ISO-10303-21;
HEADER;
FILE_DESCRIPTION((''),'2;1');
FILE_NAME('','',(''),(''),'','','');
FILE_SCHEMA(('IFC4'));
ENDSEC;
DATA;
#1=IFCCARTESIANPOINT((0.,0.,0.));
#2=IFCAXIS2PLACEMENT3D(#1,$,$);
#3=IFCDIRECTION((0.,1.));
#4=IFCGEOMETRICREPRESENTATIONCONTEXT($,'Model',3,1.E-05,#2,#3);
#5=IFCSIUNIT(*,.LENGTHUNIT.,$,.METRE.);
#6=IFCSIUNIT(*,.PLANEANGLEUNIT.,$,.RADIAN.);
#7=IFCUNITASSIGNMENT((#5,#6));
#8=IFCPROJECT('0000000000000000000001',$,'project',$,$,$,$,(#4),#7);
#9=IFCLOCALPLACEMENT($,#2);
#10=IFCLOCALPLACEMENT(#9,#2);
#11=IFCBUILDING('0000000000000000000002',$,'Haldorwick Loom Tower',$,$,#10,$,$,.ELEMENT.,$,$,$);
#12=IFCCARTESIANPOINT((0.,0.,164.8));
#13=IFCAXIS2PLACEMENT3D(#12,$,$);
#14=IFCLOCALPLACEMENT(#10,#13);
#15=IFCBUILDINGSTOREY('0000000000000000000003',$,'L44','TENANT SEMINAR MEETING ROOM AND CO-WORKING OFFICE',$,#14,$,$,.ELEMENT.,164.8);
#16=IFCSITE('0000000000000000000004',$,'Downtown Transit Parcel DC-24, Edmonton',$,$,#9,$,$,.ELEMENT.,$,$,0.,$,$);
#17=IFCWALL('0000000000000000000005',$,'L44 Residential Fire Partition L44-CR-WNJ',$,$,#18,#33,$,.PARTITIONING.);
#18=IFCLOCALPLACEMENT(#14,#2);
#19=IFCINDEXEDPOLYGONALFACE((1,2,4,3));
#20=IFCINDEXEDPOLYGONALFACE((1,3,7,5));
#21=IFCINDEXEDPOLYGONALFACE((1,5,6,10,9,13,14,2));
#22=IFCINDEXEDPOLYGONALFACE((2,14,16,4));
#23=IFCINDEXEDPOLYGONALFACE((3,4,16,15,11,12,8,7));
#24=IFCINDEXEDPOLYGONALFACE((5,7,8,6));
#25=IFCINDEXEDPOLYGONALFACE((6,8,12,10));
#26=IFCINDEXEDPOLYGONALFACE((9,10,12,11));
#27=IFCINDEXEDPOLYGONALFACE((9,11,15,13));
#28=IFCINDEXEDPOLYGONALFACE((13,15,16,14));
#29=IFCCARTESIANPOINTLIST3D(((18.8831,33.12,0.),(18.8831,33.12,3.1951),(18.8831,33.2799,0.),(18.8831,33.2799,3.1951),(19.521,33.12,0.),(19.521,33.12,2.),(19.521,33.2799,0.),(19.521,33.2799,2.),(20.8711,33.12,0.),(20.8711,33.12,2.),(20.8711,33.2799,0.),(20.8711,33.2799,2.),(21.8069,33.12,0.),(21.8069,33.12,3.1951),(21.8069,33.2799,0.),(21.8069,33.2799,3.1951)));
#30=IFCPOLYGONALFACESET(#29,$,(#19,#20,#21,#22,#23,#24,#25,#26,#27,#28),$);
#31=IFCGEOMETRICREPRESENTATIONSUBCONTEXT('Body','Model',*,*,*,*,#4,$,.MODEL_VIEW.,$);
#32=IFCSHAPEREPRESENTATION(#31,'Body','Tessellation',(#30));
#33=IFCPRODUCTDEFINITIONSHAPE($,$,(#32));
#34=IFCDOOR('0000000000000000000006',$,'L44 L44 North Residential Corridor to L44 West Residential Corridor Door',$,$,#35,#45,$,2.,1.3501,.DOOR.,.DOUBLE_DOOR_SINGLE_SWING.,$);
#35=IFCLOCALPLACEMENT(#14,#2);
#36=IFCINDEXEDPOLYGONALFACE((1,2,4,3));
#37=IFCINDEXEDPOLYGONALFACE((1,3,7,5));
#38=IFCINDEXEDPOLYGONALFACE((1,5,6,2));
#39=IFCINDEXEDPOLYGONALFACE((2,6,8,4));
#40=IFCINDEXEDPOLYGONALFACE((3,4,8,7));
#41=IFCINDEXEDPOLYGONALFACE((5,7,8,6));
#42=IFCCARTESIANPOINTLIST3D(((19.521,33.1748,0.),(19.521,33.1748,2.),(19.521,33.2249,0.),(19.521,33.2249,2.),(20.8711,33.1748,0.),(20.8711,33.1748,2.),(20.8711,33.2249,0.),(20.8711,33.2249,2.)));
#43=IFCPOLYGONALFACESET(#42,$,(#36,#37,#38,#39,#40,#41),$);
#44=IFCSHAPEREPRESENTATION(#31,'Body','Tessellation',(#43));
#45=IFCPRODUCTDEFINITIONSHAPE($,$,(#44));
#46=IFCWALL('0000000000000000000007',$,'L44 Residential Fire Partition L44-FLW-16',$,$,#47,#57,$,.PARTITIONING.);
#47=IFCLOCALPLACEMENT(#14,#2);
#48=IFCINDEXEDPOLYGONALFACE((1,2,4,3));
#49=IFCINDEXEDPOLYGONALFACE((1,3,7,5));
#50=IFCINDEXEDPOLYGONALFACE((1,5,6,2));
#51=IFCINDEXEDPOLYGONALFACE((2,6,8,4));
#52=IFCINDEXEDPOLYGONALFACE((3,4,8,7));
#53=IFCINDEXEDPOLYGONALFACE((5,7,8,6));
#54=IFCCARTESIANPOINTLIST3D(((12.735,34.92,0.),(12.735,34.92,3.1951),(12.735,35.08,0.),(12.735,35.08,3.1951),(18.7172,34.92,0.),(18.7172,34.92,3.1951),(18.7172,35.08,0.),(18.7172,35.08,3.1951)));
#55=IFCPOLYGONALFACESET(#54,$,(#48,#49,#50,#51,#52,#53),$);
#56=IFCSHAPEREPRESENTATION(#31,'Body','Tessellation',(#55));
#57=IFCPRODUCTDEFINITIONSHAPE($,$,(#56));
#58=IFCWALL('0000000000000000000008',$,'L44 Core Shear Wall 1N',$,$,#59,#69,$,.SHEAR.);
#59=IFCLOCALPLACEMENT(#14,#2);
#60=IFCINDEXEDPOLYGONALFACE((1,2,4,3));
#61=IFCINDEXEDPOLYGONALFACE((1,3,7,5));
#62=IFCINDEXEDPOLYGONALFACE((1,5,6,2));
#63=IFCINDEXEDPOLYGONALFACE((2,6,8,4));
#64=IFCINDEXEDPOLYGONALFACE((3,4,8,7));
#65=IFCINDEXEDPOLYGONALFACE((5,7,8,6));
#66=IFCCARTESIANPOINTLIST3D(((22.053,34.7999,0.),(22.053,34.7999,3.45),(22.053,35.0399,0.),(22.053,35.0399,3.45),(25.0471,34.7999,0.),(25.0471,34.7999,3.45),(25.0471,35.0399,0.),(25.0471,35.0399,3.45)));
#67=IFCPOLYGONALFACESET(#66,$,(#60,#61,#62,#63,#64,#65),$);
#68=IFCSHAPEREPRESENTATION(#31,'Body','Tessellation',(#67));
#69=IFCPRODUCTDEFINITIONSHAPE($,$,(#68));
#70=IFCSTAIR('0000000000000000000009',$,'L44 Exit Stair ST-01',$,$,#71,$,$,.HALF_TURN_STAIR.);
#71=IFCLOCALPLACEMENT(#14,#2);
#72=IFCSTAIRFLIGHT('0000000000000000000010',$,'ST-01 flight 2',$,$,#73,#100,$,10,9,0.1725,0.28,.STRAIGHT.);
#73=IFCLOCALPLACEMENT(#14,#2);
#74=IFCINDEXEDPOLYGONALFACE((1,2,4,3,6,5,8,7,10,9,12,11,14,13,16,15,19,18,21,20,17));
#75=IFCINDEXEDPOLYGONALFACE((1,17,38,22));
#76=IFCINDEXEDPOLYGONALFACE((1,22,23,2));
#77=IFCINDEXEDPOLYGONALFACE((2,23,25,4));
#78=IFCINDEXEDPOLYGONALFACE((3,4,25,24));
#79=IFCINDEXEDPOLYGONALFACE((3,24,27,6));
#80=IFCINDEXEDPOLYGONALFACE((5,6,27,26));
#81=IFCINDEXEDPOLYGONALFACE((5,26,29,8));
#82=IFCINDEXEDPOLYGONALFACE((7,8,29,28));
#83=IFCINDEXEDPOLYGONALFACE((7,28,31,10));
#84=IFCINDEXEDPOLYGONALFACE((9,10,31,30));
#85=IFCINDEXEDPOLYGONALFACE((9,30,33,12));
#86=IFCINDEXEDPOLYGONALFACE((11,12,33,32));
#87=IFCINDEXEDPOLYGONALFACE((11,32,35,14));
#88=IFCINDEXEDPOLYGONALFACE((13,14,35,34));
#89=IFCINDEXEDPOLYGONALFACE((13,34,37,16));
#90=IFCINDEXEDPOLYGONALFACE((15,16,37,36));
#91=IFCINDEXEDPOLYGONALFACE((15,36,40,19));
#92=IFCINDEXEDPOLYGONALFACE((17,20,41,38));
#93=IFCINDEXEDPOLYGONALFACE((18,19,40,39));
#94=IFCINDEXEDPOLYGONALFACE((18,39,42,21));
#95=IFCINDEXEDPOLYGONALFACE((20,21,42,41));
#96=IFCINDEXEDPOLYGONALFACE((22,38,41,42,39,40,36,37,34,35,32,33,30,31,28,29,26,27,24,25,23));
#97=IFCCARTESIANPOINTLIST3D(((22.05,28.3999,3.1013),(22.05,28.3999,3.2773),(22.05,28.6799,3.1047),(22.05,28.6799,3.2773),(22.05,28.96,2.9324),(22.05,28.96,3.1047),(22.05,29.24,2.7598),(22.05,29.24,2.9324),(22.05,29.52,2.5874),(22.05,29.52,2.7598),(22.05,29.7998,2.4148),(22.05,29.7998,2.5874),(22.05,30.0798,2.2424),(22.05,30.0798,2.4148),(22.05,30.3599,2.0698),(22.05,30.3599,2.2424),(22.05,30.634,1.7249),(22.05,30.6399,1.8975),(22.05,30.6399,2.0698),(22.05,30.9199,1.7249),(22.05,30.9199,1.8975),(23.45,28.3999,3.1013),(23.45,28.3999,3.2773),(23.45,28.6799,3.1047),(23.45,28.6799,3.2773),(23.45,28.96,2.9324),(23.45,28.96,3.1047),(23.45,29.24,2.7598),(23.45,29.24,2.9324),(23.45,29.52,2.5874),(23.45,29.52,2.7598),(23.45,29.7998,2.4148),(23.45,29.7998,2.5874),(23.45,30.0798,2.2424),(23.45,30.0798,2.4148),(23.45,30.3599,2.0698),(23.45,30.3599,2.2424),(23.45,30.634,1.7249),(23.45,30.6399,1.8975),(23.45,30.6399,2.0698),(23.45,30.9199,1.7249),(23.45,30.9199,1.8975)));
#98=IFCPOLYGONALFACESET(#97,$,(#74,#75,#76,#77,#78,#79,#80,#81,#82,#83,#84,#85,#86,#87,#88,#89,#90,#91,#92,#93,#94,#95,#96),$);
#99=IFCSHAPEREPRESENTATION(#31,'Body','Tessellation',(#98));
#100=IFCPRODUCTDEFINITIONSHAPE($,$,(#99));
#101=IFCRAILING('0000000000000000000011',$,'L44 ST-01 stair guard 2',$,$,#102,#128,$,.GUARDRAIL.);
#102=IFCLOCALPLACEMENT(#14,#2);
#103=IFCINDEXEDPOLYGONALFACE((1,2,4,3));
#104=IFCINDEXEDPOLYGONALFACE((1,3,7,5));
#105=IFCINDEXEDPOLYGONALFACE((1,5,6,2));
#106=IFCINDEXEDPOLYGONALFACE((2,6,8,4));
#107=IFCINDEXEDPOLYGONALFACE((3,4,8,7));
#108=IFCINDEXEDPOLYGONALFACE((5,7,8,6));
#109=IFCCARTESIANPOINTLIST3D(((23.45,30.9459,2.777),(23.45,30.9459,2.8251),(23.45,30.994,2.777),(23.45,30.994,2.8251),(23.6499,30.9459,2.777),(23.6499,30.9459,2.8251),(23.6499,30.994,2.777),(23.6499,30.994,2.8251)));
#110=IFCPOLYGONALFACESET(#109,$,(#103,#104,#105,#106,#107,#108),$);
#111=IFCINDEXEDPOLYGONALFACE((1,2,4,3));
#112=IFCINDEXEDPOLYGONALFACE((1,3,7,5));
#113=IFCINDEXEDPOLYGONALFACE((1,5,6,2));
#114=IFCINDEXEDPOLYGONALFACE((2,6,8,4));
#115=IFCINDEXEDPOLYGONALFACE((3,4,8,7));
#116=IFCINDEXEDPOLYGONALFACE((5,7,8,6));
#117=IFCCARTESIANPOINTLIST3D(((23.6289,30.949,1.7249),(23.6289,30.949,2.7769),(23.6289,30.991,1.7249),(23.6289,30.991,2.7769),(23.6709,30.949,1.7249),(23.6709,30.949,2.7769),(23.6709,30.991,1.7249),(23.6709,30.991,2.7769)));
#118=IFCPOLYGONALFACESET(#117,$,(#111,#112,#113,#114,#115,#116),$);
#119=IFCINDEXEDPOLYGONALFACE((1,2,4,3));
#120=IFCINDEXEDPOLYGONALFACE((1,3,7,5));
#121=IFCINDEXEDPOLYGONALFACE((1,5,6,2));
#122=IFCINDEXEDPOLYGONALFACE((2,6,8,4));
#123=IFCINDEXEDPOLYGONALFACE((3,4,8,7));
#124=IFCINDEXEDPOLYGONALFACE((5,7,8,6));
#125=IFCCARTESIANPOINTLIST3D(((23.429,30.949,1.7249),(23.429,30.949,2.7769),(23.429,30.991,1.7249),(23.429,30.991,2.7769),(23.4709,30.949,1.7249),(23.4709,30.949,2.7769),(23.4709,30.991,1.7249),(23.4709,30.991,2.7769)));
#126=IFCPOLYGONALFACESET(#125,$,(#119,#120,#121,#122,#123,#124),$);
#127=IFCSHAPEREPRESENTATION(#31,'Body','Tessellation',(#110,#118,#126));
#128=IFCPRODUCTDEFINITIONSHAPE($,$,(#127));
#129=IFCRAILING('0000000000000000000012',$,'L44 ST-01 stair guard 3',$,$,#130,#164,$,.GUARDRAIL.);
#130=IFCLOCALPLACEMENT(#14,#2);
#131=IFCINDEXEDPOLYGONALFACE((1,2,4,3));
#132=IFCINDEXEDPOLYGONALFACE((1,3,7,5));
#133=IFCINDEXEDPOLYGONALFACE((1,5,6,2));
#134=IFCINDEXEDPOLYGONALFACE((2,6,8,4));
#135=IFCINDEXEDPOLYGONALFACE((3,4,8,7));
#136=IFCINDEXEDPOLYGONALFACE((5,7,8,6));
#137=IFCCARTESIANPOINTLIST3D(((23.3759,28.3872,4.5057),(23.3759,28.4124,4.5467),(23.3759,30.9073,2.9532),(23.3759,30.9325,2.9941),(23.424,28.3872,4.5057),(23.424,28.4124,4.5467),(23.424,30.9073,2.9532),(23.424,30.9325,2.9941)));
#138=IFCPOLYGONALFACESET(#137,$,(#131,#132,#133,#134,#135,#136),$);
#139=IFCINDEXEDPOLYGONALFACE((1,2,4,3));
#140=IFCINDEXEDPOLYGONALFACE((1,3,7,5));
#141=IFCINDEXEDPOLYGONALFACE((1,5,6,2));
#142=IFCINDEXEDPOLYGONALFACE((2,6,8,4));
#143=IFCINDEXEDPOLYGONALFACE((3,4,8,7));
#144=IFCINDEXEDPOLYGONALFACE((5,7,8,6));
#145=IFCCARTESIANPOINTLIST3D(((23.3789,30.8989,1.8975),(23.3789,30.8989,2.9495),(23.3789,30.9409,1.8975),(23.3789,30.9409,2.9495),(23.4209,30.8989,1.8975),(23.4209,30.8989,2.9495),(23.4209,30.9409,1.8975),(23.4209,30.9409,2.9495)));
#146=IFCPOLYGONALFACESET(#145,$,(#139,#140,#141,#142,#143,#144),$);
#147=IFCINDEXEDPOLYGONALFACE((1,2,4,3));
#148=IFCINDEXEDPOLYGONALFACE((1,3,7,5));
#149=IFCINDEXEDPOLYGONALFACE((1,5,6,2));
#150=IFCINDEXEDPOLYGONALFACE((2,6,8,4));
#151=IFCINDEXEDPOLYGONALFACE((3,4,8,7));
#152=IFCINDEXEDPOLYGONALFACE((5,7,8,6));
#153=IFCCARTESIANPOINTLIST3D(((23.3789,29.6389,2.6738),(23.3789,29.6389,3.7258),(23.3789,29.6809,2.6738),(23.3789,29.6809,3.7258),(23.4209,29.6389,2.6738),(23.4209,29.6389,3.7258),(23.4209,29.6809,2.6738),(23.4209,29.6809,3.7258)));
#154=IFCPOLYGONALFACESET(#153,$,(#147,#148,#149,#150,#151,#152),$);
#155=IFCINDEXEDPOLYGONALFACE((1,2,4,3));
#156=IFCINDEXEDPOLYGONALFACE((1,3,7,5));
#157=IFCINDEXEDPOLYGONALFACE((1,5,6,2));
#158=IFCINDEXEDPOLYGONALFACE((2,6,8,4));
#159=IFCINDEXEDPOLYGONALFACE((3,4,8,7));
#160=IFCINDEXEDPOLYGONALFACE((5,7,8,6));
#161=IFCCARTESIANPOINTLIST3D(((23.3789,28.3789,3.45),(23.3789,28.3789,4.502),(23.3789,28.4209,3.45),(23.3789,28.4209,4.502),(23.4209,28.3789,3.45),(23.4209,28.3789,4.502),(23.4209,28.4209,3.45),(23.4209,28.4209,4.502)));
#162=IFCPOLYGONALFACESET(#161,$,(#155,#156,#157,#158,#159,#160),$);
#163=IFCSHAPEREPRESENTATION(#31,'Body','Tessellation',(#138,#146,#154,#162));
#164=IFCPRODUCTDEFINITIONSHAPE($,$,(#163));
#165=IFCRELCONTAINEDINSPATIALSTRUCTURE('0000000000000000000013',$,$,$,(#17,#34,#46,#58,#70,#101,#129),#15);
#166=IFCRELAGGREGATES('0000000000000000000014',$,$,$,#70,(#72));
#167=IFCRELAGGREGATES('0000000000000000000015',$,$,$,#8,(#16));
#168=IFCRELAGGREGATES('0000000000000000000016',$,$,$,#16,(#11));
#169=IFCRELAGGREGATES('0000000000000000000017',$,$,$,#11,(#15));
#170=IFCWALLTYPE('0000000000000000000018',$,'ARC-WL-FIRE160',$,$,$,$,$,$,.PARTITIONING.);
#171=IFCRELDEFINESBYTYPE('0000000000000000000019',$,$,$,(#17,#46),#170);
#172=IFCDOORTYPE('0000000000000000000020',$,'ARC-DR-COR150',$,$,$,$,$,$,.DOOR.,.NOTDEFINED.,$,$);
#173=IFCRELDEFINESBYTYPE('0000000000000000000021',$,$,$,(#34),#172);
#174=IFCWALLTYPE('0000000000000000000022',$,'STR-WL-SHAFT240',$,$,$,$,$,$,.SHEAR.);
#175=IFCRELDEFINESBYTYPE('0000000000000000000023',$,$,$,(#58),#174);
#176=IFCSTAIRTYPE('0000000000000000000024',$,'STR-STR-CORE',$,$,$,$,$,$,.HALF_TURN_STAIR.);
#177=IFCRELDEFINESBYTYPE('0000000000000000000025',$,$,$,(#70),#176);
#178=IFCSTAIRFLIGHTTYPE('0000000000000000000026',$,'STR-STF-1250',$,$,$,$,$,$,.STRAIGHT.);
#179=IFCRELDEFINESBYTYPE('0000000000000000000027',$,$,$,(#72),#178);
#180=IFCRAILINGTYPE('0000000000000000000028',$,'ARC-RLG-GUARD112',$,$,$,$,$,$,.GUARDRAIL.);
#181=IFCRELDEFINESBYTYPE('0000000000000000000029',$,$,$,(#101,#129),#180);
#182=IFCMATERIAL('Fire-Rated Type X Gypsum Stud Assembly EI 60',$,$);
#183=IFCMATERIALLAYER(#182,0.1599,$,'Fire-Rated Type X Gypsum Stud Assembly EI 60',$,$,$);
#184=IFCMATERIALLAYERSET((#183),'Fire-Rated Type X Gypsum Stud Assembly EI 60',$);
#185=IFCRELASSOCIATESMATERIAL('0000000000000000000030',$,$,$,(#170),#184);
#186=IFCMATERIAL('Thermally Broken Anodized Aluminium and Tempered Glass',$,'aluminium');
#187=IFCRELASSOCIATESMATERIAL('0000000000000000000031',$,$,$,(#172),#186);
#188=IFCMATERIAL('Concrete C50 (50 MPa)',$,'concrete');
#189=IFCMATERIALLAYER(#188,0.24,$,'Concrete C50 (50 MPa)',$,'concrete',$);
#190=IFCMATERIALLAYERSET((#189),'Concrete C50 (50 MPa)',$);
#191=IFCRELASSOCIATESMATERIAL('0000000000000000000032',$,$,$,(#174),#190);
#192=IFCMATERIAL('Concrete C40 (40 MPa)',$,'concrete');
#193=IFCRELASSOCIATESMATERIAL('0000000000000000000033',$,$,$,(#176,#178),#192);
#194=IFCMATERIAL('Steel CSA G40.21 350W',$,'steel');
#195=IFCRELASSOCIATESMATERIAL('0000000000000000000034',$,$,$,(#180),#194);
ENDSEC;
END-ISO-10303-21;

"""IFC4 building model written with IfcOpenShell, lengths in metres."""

from ifc_helpers import new_model, si_unit, direction, frame, frame_2d, origin, origin_2d, place, context, subcontext, project, spatial, polyline, rectangle, outline, extrude, material, layer, layer_set, type_object, element, fill, aggregate, save


model = new_model("IFC4")

# Units and contexts
model_context = context("Model", 3, precision=1e-05, world=origin(), true_north=direction((0.0, 1.0)))
body_context = subcontext(model_context, "Body", "Model", "MODEL_VIEW")
ifc_project = project(units=[si_unit("LENGTHUNIT", "METRE"), si_unit("PLANEANGLEUNIT", "RADIAN")], contexts=[model_context])

# Site, building, storey
site_placement = place(None, origin())
site = spatial("IfcSite", under=ifc_project, at=site_placement, Name="Downtown Transit Parcel DC-24, Edmonton", CompositionType="ELEMENT", RefElevation=0.0)
building_placement = place(site_placement, origin())
building = spatial("IfcBuilding", under=site, at=building_placement, Name="Haldorwick Loom Tower", CompositionType="ELEMENT")
storey_placement = place(building_placement, frame((0.0, 0.0, 164.8)))
storey = spatial("IfcBuildingStorey", under=building, at=storey_placement, Name="L44", Description="TENANT SEMINAR MEETING ROOM AND CO-WORKING OFFICE", CompositionType="ELEMENT", Elevation=164.8)

# Shared definitions
ifc_material_1 = material(Name="Steel CSA G40.21 350W", Category="steel")

# Wall, opening, door
ifc_material_2 = material(Name="Fire-Rated Type X Gypsum Stud Assembly EI 60")
ifc_layer_1 = layer(ifc_material_2, 0.1599, Name="Fire-Rated Type X Gypsum Stud Assembly EI 60")
ifc_layer_set_1 = layer_set([ifc_layer_1], Name="Fire-Rated Type X Gypsum Stud Assembly EI 60")
wall_type_1 = type_object("IfcWallType", Name="ARC-WL-FIRE160", PredefinedType="PARTITIONING", material=ifc_layer_set_1)
wall_1_placement = place(storey_placement, frame((18.8831, 33.2, 0.0), z_axis=(0.0, 0.0, 1.0), x_axis=(1.0, 0.0, 0.0)))
wall_1 = element("IfcWall", 1, at=wall_1_placement, inside=storey, type_object=wall_type_1, Name="L44 Residential Fire Partition L44-CR-WNJ", PredefinedType="PARTITIONING", context=body_context, shape_type="SweptSolid", body=[
    extrude(rectangle(XDim=2.9238, YDim=0.1599, at=frame_2d((1.4619, 0.0))), origin(), (0.0, 0.0, 1.0), 3.1951),
])
opening_1_placement = place(wall_1_placement, frame((0.6379, 0.0, 0.0)))
opening_1 = element("IfcOpeningElement", 2, at=opening_1_placement, cuts=wall_1, PredefinedType="OPENING", context=body_context, shape_type="SweptSolid", body=[
    extrude(rectangle(XDim=1.3501, YDim=2.0, at=frame_2d((0.675, 1.0))), frame((0.0, 0.0898, 0.0), z_axis=(0.0, -1.0, 0.0), x_axis=(1.0, 0.0, 0.0)), (0.0, 0.0, 1.0), 0.1799),
])
ifc_material_3 = material(Name="Thermally Broken Anodized Aluminium and Tempered Glass", Category="aluminium")
door_type_1 = type_object("IfcDoorType", Name="ARC-DR-COR150", OperationType="NOTDEFINED", PredefinedType="DOOR", material=ifc_material_3)
door_1_placement = place(opening_1_placement, origin())
door_1 = element("IfcDoor", 3, at=door_1_placement, inside=storey, type_object=door_type_1, Name="L44 L44 North Residential Corridor to L44 West Residential Corridor Door", OperationType="DOUBLE_DOOR_SINGLE_SWING", OverallHeight=2.0, OverallWidth=1.3501, PredefinedType="DOOR", context=body_context, shape_type="SweptSolid", body=[
    extrude(rectangle(XDim=1.3501, YDim=2.0, at=frame_2d((0.675, 1.0))), frame((0.0, 0.0249, 0.0), z_axis=(0.0, -1.0, 0.0), x_axis=(1.0, 0.0, 0.0)), (0.0, 0.0, 1.0), 0.05),
])
fill(opening_1, door_1)

# Walls
wall_2_placement = place(storey_placement, frame((12.7349, 35.0, 0.0), z_axis=(0.0, 0.0, 1.0), x_axis=(1.0, 0.0, 0.0)))
element("IfcWall", 4, at=wall_2_placement, inside=storey, type_object=wall_type_1, Name="L44 Residential Fire Partition L44-FLW-16", PredefinedType="PARTITIONING", context=body_context, shape_type="SweptSolid", body=[
    extrude(rectangle(XDim=5.9822, YDim=0.1599, at=frame_2d((2.9912, 0.0))), origin(), (0.0, 0.0, 1.0), 3.1951),
])
ifc_material_4 = material(Name="Concrete C50 (50 MPa)", Category="concrete")
ifc_layer_2 = layer(ifc_material_4, 0.24, Name="Concrete C50 (50 MPa)", Category="concrete")
ifc_layer_set_2 = layer_set([ifc_layer_2], Name="Concrete C50 (50 MPa)")
wall_type_2 = type_object("IfcWallType", Name="STR-WL-SHAFT240", PredefinedType="SHEAR", material=ifc_layer_set_2)
wall_3_placement = place(storey_placement, frame((22.053, 34.9199, 0.0), z_axis=(0.0, 0.0, 1.0), x_axis=(1.0, 0.0, 0.0)))
element("IfcWall", 5, at=wall_3_placement, inside=storey, type_object=wall_type_2, Name="L44 Core Shear Wall 1N", PredefinedType="SHEAR", context=body_context, shape_type="SweptSolid", body=[
    extrude(rectangle(XDim=2.9941, YDim=0.24, at=frame_2d((1.4971, 0.0))), origin(), (0.0, 0.0, 1.0), 3.45),
])

# Stair, stair flight
ifc_material_5 = material(Name="Concrete C40 (40 MPa)", Category="concrete")
stair_type = type_object("IfcStairType", Name="STR-STR-CORE", PredefinedType="HALF_TURN_STAIR", material=ifc_material_5)
stair_placement = place(storey_placement, origin())
stair = element("IfcStair", 6, at=stair_placement, inside=storey, type_object=stair_type, Name="L44 Exit Stair ST-01", PredefinedType="HALF_TURN_STAIR")
stair_flight_type = type_object("IfcStairFlightType", Name="STR-STF-1250", PredefinedType="STRAIGHT", material=ifc_material_5)
stair_flight_placement = place(storey_placement, frame((22.75, 30.9199, 1.7249), z_axis=(0.0, 0.0, 1.0), x_axis=(0.0, -1.0, 0.0)))
stair_flight = element("IfcStairFlight", 7, at=stair_flight_placement, type_object=stair_flight_type, Name="ST-01 flight 2", NumberOfRisers=10, NumberOfTreads=9, PredefinedType="STRAIGHT", RiserHeight=0.1725, TreadLength=0.28, context=body_context, shape_type="SweptSolid", body=[
    extrude(outline(polyline([(0.0, 0.0), (0.0, 0.1726), (0.28, 0.1726), (0.28, 0.345), (0.5601, 0.345), (0.5601, 0.5176), (0.8401, 0.5176), (0.8401, 0.6899), (1.1201, 0.6899), (1.1201, 0.8625), (1.3999, 0.8625), (1.3999, 1.0349), (1.6799, 1.0349), (1.6799, 1.2075), (1.96, 1.2075), (1.96, 1.3799), (2.24, 1.3799), (2.24, 1.5525), (2.52, 1.5525), (2.52, 1.7251), (2.52, 1.3765), (0.2859, 0.0), (0.0, 0.0)])), frame((0.0, 0.7, 0.0), z_axis=(0.0, -1.0, 0.0), x_axis=(1.0, 0.0, 0.0)), (0.0, 0.0, 1.0), 1.3999),
])
aggregate(stair, [stair_flight])

# Railings
railing_type = type_object("IfcRailingType", Name="ARC-RLG-GUARD112", PredefinedType="GUARDRAIL", material=ifc_material_1)
railing_1_placement = place(storey_placement, frame((23.6499, 30.97, 1.7249)))
element("IfcRailing", 8, at=railing_1_placement, inside=storey, type_object=railing_type, Name="L44 ST-01 stair guard 2", PredefinedType="GUARDRAIL", context=body_context, shape_type="SweptSolid", body=[
    extrude(rectangle(XDim=0.0481, YDim=0.0481, at=origin_2d()), frame((0.0, 0.0, 1.0762), z_axis=(-1.0, 0.0, 0.0), x_axis=(0.0, -1.0, 0.0)), (0.0, 0.0, 1.0), 0.2),
    extrude(rectangle(XDim=0.042, YDim=0.042, at=origin_2d()), origin(), (0.0, 0.0, 1.0), 1.052),
    extrude(rectangle(XDim=0.042, YDim=0.042, at=origin_2d()), frame((-0.2, 0.0, 0.0)), (0.0, 0.0, 1.0), 1.052),
])
railing_2_placement = place(storey_placement, frame((23.3999, 30.9199, 1.8975)))
element("IfcRailing", 9, at=railing_2_placement, inside=storey, type_object=railing_type, Name="L44 ST-01 stair guard 3", PredefinedType="GUARDRAIL", context=body_context, shape_type="SweptSolid", body=[
    extrude(rectangle(XDim=0.0481, YDim=0.0481, at=origin_2d()), frame((0.0, 0.0, 1.0762), z_axis=(0.0, -0.8514, 0.524516), x_axis=(1.0, 0.0, 0.0)), (0.0, 0.0, 1.0), 2.96),
    extrude(rectangle(XDim=0.042, YDim=0.042, at=origin_2d()), origin(), (0.0, 0.0, 1.0), 1.052),
    extrude(rectangle(XDim=0.042, YDim=0.042, at=origin_2d()), frame((0.0, -1.26, 0.7764)), (0.0, 0.0, 1.0), 1.052),
    extrude(rectangle(XDim=0.042, YDim=0.042, at=origin_2d()), frame((0.0, -2.52, 1.5525)), (0.0, 0.0, 1.0), 1.052),
])

save(model, "model.ifc")
